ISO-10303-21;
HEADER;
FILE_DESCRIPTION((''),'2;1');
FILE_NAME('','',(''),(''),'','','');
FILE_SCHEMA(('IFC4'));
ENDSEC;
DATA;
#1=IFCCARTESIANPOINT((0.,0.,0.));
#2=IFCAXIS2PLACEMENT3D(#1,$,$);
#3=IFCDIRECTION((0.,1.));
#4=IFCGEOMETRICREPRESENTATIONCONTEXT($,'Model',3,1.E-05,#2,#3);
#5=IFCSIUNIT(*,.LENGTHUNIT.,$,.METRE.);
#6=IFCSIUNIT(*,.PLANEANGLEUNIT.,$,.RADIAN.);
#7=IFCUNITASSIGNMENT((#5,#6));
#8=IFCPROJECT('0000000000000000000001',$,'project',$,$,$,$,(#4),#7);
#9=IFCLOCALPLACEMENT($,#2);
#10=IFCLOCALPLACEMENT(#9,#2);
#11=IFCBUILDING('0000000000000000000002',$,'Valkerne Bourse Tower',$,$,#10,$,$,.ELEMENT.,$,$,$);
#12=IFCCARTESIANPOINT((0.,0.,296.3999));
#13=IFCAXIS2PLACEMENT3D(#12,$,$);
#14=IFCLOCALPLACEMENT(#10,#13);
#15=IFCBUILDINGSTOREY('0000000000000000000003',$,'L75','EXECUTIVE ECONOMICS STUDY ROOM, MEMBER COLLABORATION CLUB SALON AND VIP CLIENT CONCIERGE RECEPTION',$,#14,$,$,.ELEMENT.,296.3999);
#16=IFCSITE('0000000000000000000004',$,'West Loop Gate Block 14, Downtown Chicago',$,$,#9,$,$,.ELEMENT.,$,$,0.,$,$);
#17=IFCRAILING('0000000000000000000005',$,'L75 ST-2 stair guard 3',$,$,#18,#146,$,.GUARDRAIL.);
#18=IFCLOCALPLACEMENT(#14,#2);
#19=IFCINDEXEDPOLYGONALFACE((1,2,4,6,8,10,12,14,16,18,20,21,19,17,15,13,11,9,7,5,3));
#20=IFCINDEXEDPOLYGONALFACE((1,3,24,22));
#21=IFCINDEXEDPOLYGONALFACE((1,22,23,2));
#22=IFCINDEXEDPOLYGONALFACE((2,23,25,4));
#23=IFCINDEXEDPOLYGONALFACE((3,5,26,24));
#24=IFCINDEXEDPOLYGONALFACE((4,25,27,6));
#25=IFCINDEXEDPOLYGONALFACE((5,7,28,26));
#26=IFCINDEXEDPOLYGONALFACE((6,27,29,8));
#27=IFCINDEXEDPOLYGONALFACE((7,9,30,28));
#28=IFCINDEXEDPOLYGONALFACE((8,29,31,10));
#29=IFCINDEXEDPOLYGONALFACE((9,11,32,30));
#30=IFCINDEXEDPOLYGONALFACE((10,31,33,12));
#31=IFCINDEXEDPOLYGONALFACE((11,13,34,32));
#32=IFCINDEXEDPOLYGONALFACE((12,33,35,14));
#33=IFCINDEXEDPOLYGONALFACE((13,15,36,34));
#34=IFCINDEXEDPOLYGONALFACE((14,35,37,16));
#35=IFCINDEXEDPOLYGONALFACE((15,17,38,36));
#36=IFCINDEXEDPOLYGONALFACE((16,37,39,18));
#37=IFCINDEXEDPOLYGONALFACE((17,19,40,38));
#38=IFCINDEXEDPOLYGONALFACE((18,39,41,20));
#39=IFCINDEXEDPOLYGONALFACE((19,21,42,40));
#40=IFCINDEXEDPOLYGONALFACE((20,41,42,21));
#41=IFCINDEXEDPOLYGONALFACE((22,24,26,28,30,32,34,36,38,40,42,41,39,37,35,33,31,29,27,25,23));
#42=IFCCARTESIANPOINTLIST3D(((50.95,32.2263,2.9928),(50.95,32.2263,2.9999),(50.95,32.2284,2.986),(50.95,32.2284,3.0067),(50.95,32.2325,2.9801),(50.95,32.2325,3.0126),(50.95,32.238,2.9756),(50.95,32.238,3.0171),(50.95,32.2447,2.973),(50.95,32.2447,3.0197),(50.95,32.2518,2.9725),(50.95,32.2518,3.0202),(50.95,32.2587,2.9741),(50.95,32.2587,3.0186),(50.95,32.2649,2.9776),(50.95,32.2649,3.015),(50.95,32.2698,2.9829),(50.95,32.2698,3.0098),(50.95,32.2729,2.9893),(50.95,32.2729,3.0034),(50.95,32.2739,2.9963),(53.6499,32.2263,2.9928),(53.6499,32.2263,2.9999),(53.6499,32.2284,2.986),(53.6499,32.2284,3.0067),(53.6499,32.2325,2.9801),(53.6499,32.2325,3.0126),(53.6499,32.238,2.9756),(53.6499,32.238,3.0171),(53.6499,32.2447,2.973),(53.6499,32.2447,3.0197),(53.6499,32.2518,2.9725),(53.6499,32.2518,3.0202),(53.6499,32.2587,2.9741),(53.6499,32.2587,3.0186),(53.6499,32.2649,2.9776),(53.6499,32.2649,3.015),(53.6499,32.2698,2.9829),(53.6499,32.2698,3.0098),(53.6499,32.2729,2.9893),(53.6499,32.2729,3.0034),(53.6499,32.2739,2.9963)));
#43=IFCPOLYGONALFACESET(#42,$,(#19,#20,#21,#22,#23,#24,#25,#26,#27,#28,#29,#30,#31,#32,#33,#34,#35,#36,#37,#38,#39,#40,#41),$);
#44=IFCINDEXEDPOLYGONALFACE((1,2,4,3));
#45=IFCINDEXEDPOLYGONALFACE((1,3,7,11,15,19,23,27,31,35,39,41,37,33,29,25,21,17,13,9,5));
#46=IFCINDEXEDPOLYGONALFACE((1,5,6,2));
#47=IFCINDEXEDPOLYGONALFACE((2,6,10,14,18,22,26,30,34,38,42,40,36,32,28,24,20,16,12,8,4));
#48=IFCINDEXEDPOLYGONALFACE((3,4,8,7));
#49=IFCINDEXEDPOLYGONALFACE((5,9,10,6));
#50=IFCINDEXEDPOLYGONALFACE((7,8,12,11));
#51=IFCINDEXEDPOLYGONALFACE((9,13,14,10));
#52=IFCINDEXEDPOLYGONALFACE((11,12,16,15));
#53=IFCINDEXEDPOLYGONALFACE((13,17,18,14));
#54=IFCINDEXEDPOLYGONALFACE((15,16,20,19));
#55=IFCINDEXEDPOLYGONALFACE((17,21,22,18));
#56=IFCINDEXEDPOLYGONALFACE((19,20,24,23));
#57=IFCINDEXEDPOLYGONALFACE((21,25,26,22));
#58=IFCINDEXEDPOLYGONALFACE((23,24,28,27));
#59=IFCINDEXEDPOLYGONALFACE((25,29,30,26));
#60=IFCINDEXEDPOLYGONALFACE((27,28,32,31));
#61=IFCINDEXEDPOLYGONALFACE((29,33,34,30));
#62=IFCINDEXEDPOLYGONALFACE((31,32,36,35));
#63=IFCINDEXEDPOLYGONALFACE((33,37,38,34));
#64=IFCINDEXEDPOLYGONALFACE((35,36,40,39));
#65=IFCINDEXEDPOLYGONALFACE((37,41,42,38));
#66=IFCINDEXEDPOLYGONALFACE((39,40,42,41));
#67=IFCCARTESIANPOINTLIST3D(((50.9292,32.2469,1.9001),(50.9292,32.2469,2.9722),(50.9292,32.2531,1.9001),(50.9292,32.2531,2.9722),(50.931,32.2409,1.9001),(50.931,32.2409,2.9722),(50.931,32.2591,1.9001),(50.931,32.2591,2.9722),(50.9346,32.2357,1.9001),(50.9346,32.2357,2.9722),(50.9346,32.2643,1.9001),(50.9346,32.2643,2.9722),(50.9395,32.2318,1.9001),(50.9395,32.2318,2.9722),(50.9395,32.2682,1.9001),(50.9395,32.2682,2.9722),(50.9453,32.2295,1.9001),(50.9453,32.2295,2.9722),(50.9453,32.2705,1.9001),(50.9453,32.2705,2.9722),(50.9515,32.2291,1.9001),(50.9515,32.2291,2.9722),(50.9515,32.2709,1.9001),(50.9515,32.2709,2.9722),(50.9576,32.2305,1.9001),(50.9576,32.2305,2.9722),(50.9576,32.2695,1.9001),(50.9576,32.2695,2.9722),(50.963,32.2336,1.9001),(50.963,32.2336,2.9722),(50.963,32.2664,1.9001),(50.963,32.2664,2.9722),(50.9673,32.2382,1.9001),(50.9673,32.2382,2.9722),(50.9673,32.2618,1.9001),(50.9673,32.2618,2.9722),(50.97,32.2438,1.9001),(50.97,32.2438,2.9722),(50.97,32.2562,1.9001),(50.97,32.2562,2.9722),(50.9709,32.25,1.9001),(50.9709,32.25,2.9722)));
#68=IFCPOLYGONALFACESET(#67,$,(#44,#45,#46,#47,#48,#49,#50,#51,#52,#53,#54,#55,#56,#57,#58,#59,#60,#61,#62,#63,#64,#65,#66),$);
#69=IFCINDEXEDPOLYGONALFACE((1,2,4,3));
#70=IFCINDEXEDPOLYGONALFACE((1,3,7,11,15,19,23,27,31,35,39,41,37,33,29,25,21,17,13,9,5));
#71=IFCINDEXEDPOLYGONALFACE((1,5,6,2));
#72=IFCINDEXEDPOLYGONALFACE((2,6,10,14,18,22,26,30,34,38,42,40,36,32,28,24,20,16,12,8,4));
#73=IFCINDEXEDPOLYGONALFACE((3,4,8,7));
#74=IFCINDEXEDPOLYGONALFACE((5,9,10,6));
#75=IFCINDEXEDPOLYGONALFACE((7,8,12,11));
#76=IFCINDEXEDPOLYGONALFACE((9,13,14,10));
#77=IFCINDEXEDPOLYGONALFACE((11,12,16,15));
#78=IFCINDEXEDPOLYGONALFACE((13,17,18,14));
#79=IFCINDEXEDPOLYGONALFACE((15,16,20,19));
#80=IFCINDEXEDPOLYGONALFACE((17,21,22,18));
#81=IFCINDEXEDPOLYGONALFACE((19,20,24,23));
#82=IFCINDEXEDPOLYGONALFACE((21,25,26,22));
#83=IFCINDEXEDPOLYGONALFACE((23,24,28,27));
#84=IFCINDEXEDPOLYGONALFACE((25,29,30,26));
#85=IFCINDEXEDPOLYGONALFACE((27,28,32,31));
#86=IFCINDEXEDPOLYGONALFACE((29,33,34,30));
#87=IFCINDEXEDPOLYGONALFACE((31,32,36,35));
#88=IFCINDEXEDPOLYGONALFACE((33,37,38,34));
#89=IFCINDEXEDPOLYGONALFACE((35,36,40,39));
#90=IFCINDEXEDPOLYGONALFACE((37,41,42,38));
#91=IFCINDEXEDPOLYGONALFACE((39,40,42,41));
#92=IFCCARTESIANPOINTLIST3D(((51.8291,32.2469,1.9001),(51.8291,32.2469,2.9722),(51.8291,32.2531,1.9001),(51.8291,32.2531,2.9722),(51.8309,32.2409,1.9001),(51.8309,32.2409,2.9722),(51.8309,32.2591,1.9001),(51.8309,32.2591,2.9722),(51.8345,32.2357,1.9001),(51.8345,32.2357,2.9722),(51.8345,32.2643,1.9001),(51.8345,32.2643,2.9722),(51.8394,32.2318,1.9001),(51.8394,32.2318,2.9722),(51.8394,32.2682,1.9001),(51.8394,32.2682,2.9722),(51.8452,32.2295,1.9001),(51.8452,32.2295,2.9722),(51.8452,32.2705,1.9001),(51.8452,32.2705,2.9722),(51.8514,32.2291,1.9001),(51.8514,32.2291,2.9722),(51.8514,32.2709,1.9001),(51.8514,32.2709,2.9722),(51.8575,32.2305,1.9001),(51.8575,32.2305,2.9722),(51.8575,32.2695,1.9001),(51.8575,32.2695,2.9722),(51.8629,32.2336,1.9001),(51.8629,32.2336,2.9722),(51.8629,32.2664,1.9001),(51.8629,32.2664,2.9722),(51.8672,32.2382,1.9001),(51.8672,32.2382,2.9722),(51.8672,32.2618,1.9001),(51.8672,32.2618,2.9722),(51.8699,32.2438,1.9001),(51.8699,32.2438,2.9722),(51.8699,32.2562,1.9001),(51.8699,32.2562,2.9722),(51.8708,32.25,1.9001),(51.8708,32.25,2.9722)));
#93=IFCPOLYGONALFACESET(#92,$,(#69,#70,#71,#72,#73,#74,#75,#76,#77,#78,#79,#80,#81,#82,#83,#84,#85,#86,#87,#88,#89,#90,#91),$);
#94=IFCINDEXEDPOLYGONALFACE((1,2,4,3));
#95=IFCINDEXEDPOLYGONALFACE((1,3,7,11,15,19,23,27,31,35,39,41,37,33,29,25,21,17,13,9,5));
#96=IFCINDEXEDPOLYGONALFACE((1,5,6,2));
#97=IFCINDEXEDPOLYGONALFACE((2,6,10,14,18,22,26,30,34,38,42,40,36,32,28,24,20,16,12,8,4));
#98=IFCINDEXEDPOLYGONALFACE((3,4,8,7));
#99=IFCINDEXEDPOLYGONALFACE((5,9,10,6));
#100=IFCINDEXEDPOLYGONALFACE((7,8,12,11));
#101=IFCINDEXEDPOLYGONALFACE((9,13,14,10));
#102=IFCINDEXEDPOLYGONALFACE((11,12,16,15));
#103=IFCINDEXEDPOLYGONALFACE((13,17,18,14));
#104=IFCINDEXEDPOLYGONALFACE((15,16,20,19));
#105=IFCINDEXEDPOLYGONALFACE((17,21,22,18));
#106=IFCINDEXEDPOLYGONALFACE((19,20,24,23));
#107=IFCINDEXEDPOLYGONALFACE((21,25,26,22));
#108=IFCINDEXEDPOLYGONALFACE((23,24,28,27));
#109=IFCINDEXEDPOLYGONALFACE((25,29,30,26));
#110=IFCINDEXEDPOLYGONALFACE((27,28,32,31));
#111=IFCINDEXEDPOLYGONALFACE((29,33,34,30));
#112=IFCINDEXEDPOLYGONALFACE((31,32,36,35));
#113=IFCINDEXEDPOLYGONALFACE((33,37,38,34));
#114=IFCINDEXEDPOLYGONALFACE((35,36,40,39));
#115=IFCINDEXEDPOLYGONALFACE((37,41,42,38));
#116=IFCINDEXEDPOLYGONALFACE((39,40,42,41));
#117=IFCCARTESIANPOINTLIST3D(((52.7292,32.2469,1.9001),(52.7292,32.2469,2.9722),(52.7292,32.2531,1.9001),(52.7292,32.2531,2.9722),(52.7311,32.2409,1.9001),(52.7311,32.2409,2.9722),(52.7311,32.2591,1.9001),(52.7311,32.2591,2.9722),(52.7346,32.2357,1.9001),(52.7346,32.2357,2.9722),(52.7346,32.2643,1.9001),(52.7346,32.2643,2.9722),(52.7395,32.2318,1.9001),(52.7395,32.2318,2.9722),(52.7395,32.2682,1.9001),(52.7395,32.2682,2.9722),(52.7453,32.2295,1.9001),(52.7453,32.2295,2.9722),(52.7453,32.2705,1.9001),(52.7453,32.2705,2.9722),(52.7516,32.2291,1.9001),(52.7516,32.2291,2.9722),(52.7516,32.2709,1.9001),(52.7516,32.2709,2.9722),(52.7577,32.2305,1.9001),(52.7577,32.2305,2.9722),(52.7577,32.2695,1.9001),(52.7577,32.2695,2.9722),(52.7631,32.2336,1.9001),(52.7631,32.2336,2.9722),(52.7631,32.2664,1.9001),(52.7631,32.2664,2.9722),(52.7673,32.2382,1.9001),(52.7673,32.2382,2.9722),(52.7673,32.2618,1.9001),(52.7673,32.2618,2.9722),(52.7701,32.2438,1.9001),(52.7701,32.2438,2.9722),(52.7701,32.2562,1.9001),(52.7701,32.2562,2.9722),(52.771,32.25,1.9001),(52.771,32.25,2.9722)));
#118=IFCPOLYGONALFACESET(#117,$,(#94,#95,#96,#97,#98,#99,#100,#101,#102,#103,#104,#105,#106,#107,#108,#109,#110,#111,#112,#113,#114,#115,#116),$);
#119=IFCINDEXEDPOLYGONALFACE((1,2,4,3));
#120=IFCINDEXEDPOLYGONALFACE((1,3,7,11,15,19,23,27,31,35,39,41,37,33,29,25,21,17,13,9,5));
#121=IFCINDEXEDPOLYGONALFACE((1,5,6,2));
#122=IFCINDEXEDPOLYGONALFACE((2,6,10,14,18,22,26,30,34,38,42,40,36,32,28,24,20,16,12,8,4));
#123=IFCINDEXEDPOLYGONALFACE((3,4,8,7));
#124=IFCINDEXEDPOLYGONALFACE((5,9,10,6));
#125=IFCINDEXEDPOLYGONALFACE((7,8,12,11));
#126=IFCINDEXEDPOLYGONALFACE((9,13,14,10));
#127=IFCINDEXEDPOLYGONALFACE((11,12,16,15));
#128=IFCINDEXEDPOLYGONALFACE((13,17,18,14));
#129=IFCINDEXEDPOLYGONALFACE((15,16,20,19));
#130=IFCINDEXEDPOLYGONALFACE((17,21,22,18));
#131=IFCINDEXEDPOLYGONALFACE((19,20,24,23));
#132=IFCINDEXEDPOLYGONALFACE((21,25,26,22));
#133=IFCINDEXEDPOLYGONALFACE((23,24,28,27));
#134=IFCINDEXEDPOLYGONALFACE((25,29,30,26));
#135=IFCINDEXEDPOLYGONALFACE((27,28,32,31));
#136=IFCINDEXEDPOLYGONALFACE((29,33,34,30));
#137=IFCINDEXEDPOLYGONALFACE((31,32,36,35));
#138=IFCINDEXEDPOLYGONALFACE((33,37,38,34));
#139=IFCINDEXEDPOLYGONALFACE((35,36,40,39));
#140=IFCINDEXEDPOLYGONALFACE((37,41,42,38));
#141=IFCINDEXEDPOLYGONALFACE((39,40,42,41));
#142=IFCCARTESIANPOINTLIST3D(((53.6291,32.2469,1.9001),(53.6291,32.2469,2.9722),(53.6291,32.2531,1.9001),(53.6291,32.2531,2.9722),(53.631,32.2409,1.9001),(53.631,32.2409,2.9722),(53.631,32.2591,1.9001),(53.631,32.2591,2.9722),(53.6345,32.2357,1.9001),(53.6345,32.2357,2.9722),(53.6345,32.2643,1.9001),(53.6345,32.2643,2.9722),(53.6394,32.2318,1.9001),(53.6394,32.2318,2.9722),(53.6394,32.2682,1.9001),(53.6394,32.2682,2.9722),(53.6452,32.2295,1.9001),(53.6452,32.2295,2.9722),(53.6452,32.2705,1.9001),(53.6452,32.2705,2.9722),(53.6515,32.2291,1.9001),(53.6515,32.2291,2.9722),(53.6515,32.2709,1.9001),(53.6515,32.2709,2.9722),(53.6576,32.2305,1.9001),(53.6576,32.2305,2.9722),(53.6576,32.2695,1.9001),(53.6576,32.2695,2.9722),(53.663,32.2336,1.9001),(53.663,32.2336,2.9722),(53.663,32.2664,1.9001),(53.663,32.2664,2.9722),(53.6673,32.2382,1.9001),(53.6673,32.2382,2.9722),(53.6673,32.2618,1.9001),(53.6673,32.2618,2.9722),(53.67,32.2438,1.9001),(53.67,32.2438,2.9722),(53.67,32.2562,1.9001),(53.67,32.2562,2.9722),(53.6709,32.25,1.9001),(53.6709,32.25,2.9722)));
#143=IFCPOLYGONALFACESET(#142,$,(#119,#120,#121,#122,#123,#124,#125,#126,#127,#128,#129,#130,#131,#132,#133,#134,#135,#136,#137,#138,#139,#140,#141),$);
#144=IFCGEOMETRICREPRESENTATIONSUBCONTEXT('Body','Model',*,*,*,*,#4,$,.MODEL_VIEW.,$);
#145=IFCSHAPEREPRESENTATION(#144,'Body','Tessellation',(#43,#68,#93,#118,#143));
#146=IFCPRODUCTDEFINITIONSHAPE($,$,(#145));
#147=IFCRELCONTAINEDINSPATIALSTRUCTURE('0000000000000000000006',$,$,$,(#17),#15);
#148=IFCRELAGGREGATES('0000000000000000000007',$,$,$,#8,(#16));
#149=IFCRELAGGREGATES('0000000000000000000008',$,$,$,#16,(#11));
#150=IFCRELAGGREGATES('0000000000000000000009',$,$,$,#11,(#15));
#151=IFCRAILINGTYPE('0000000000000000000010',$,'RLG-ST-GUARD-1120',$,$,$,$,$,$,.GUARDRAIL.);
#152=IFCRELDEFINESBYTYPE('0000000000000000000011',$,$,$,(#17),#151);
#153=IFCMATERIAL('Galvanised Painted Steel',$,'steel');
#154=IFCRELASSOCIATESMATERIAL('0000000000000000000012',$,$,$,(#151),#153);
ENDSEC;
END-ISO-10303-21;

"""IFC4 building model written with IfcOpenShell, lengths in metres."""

from ifc_helpers import new_model, si_unit, direction, frame, origin, origin_2d, place, context, subcontext, project, spatial, circle, extrude, material, type_object, element, save


model = new_model("IFC4")

# Units and contexts
model_context = context("Model", 3, precision=1e-05, world=origin(), true_north=direction((0.0, 1.0)))
body_context = subcontext(model_context, "Body", "Model", "MODEL_VIEW")
ifc_project = project(units=[si_unit("LENGTHUNIT", "METRE"), si_unit("PLANEANGLEUNIT", "RADIAN")], contexts=[model_context])

# Site, building, storey
site_placement = place(None, origin())
site = spatial("IfcSite", under=ifc_project, at=site_placement, Name="West Loop Gate Block 14, Downtown Chicago", CompositionType="ELEMENT", RefElevation=0.0)
building_placement = place(site_placement, origin())
building = spatial("IfcBuilding", under=site, at=building_placement, Name="Valkerne Bourse Tower", CompositionType="ELEMENT")
storey_placement = place(building_placement, frame((0.0, 0.0, 296.3999)))
storey = spatial("IfcBuildingStorey", under=building, at=storey_placement, Name="L75", Description="EXECUTIVE ECONOMICS STUDY ROOM, MEMBER COLLABORATION CLUB SALON AND VIP CLIENT CONCIERGE RECEPTION", CompositionType="ELEMENT", Elevation=296.3999)

# Shared definitions
ifc_material_1 = material(Name="Galvanised Painted Steel", Category="steel")

# Railing
railing_type_1 = type_object("IfcRailingType", Name="RLG-ST-GUARD-1120", PredefinedType="GUARDRAIL", material=ifc_material_1)
for number, where, name in (
    (1, (50.95, 32.25, 1.9001), "L75 ST-2 stair guard 3"),
):
    element("IfcRailing", number, at=place(storey_placement, frame(where)), inside=storey, type_object=railing_type_1, Name=name, PredefinedType="GUARDRAIL", context=body_context, shape_type="SweptSolid", body=[
        extrude(circle(Radius=0.0239, at=origin_2d()), frame((0.0, 0.0, 1.0962), z_axis=(1.0, 0.0, 0.0), x_axis=(0.0, 1.0, 0.0)), (0.0, 0.0, 1.0), 2.7),
        extrude(circle(Radius=0.021, at=origin_2d()), origin(), (0.0, 0.0, 1.0), 1.072),
        extrude(circle(Radius=0.021, at=origin_2d()), frame((0.8999, 0.0, 0.0)), (0.0, 0.0, 1.0), 1.072),
        extrude(circle(Radius=0.021, at=origin_2d()), frame((1.8, 0.0, 0.0)), (0.0, 0.0, 1.0), 1.072),
        extrude(circle(Radius=0.021, at=origin_2d()), frame((2.7, 0.0, 0.0)), (0.0, 0.0, 1.0), 1.072),
    ])

save(model, "model.ifc")
